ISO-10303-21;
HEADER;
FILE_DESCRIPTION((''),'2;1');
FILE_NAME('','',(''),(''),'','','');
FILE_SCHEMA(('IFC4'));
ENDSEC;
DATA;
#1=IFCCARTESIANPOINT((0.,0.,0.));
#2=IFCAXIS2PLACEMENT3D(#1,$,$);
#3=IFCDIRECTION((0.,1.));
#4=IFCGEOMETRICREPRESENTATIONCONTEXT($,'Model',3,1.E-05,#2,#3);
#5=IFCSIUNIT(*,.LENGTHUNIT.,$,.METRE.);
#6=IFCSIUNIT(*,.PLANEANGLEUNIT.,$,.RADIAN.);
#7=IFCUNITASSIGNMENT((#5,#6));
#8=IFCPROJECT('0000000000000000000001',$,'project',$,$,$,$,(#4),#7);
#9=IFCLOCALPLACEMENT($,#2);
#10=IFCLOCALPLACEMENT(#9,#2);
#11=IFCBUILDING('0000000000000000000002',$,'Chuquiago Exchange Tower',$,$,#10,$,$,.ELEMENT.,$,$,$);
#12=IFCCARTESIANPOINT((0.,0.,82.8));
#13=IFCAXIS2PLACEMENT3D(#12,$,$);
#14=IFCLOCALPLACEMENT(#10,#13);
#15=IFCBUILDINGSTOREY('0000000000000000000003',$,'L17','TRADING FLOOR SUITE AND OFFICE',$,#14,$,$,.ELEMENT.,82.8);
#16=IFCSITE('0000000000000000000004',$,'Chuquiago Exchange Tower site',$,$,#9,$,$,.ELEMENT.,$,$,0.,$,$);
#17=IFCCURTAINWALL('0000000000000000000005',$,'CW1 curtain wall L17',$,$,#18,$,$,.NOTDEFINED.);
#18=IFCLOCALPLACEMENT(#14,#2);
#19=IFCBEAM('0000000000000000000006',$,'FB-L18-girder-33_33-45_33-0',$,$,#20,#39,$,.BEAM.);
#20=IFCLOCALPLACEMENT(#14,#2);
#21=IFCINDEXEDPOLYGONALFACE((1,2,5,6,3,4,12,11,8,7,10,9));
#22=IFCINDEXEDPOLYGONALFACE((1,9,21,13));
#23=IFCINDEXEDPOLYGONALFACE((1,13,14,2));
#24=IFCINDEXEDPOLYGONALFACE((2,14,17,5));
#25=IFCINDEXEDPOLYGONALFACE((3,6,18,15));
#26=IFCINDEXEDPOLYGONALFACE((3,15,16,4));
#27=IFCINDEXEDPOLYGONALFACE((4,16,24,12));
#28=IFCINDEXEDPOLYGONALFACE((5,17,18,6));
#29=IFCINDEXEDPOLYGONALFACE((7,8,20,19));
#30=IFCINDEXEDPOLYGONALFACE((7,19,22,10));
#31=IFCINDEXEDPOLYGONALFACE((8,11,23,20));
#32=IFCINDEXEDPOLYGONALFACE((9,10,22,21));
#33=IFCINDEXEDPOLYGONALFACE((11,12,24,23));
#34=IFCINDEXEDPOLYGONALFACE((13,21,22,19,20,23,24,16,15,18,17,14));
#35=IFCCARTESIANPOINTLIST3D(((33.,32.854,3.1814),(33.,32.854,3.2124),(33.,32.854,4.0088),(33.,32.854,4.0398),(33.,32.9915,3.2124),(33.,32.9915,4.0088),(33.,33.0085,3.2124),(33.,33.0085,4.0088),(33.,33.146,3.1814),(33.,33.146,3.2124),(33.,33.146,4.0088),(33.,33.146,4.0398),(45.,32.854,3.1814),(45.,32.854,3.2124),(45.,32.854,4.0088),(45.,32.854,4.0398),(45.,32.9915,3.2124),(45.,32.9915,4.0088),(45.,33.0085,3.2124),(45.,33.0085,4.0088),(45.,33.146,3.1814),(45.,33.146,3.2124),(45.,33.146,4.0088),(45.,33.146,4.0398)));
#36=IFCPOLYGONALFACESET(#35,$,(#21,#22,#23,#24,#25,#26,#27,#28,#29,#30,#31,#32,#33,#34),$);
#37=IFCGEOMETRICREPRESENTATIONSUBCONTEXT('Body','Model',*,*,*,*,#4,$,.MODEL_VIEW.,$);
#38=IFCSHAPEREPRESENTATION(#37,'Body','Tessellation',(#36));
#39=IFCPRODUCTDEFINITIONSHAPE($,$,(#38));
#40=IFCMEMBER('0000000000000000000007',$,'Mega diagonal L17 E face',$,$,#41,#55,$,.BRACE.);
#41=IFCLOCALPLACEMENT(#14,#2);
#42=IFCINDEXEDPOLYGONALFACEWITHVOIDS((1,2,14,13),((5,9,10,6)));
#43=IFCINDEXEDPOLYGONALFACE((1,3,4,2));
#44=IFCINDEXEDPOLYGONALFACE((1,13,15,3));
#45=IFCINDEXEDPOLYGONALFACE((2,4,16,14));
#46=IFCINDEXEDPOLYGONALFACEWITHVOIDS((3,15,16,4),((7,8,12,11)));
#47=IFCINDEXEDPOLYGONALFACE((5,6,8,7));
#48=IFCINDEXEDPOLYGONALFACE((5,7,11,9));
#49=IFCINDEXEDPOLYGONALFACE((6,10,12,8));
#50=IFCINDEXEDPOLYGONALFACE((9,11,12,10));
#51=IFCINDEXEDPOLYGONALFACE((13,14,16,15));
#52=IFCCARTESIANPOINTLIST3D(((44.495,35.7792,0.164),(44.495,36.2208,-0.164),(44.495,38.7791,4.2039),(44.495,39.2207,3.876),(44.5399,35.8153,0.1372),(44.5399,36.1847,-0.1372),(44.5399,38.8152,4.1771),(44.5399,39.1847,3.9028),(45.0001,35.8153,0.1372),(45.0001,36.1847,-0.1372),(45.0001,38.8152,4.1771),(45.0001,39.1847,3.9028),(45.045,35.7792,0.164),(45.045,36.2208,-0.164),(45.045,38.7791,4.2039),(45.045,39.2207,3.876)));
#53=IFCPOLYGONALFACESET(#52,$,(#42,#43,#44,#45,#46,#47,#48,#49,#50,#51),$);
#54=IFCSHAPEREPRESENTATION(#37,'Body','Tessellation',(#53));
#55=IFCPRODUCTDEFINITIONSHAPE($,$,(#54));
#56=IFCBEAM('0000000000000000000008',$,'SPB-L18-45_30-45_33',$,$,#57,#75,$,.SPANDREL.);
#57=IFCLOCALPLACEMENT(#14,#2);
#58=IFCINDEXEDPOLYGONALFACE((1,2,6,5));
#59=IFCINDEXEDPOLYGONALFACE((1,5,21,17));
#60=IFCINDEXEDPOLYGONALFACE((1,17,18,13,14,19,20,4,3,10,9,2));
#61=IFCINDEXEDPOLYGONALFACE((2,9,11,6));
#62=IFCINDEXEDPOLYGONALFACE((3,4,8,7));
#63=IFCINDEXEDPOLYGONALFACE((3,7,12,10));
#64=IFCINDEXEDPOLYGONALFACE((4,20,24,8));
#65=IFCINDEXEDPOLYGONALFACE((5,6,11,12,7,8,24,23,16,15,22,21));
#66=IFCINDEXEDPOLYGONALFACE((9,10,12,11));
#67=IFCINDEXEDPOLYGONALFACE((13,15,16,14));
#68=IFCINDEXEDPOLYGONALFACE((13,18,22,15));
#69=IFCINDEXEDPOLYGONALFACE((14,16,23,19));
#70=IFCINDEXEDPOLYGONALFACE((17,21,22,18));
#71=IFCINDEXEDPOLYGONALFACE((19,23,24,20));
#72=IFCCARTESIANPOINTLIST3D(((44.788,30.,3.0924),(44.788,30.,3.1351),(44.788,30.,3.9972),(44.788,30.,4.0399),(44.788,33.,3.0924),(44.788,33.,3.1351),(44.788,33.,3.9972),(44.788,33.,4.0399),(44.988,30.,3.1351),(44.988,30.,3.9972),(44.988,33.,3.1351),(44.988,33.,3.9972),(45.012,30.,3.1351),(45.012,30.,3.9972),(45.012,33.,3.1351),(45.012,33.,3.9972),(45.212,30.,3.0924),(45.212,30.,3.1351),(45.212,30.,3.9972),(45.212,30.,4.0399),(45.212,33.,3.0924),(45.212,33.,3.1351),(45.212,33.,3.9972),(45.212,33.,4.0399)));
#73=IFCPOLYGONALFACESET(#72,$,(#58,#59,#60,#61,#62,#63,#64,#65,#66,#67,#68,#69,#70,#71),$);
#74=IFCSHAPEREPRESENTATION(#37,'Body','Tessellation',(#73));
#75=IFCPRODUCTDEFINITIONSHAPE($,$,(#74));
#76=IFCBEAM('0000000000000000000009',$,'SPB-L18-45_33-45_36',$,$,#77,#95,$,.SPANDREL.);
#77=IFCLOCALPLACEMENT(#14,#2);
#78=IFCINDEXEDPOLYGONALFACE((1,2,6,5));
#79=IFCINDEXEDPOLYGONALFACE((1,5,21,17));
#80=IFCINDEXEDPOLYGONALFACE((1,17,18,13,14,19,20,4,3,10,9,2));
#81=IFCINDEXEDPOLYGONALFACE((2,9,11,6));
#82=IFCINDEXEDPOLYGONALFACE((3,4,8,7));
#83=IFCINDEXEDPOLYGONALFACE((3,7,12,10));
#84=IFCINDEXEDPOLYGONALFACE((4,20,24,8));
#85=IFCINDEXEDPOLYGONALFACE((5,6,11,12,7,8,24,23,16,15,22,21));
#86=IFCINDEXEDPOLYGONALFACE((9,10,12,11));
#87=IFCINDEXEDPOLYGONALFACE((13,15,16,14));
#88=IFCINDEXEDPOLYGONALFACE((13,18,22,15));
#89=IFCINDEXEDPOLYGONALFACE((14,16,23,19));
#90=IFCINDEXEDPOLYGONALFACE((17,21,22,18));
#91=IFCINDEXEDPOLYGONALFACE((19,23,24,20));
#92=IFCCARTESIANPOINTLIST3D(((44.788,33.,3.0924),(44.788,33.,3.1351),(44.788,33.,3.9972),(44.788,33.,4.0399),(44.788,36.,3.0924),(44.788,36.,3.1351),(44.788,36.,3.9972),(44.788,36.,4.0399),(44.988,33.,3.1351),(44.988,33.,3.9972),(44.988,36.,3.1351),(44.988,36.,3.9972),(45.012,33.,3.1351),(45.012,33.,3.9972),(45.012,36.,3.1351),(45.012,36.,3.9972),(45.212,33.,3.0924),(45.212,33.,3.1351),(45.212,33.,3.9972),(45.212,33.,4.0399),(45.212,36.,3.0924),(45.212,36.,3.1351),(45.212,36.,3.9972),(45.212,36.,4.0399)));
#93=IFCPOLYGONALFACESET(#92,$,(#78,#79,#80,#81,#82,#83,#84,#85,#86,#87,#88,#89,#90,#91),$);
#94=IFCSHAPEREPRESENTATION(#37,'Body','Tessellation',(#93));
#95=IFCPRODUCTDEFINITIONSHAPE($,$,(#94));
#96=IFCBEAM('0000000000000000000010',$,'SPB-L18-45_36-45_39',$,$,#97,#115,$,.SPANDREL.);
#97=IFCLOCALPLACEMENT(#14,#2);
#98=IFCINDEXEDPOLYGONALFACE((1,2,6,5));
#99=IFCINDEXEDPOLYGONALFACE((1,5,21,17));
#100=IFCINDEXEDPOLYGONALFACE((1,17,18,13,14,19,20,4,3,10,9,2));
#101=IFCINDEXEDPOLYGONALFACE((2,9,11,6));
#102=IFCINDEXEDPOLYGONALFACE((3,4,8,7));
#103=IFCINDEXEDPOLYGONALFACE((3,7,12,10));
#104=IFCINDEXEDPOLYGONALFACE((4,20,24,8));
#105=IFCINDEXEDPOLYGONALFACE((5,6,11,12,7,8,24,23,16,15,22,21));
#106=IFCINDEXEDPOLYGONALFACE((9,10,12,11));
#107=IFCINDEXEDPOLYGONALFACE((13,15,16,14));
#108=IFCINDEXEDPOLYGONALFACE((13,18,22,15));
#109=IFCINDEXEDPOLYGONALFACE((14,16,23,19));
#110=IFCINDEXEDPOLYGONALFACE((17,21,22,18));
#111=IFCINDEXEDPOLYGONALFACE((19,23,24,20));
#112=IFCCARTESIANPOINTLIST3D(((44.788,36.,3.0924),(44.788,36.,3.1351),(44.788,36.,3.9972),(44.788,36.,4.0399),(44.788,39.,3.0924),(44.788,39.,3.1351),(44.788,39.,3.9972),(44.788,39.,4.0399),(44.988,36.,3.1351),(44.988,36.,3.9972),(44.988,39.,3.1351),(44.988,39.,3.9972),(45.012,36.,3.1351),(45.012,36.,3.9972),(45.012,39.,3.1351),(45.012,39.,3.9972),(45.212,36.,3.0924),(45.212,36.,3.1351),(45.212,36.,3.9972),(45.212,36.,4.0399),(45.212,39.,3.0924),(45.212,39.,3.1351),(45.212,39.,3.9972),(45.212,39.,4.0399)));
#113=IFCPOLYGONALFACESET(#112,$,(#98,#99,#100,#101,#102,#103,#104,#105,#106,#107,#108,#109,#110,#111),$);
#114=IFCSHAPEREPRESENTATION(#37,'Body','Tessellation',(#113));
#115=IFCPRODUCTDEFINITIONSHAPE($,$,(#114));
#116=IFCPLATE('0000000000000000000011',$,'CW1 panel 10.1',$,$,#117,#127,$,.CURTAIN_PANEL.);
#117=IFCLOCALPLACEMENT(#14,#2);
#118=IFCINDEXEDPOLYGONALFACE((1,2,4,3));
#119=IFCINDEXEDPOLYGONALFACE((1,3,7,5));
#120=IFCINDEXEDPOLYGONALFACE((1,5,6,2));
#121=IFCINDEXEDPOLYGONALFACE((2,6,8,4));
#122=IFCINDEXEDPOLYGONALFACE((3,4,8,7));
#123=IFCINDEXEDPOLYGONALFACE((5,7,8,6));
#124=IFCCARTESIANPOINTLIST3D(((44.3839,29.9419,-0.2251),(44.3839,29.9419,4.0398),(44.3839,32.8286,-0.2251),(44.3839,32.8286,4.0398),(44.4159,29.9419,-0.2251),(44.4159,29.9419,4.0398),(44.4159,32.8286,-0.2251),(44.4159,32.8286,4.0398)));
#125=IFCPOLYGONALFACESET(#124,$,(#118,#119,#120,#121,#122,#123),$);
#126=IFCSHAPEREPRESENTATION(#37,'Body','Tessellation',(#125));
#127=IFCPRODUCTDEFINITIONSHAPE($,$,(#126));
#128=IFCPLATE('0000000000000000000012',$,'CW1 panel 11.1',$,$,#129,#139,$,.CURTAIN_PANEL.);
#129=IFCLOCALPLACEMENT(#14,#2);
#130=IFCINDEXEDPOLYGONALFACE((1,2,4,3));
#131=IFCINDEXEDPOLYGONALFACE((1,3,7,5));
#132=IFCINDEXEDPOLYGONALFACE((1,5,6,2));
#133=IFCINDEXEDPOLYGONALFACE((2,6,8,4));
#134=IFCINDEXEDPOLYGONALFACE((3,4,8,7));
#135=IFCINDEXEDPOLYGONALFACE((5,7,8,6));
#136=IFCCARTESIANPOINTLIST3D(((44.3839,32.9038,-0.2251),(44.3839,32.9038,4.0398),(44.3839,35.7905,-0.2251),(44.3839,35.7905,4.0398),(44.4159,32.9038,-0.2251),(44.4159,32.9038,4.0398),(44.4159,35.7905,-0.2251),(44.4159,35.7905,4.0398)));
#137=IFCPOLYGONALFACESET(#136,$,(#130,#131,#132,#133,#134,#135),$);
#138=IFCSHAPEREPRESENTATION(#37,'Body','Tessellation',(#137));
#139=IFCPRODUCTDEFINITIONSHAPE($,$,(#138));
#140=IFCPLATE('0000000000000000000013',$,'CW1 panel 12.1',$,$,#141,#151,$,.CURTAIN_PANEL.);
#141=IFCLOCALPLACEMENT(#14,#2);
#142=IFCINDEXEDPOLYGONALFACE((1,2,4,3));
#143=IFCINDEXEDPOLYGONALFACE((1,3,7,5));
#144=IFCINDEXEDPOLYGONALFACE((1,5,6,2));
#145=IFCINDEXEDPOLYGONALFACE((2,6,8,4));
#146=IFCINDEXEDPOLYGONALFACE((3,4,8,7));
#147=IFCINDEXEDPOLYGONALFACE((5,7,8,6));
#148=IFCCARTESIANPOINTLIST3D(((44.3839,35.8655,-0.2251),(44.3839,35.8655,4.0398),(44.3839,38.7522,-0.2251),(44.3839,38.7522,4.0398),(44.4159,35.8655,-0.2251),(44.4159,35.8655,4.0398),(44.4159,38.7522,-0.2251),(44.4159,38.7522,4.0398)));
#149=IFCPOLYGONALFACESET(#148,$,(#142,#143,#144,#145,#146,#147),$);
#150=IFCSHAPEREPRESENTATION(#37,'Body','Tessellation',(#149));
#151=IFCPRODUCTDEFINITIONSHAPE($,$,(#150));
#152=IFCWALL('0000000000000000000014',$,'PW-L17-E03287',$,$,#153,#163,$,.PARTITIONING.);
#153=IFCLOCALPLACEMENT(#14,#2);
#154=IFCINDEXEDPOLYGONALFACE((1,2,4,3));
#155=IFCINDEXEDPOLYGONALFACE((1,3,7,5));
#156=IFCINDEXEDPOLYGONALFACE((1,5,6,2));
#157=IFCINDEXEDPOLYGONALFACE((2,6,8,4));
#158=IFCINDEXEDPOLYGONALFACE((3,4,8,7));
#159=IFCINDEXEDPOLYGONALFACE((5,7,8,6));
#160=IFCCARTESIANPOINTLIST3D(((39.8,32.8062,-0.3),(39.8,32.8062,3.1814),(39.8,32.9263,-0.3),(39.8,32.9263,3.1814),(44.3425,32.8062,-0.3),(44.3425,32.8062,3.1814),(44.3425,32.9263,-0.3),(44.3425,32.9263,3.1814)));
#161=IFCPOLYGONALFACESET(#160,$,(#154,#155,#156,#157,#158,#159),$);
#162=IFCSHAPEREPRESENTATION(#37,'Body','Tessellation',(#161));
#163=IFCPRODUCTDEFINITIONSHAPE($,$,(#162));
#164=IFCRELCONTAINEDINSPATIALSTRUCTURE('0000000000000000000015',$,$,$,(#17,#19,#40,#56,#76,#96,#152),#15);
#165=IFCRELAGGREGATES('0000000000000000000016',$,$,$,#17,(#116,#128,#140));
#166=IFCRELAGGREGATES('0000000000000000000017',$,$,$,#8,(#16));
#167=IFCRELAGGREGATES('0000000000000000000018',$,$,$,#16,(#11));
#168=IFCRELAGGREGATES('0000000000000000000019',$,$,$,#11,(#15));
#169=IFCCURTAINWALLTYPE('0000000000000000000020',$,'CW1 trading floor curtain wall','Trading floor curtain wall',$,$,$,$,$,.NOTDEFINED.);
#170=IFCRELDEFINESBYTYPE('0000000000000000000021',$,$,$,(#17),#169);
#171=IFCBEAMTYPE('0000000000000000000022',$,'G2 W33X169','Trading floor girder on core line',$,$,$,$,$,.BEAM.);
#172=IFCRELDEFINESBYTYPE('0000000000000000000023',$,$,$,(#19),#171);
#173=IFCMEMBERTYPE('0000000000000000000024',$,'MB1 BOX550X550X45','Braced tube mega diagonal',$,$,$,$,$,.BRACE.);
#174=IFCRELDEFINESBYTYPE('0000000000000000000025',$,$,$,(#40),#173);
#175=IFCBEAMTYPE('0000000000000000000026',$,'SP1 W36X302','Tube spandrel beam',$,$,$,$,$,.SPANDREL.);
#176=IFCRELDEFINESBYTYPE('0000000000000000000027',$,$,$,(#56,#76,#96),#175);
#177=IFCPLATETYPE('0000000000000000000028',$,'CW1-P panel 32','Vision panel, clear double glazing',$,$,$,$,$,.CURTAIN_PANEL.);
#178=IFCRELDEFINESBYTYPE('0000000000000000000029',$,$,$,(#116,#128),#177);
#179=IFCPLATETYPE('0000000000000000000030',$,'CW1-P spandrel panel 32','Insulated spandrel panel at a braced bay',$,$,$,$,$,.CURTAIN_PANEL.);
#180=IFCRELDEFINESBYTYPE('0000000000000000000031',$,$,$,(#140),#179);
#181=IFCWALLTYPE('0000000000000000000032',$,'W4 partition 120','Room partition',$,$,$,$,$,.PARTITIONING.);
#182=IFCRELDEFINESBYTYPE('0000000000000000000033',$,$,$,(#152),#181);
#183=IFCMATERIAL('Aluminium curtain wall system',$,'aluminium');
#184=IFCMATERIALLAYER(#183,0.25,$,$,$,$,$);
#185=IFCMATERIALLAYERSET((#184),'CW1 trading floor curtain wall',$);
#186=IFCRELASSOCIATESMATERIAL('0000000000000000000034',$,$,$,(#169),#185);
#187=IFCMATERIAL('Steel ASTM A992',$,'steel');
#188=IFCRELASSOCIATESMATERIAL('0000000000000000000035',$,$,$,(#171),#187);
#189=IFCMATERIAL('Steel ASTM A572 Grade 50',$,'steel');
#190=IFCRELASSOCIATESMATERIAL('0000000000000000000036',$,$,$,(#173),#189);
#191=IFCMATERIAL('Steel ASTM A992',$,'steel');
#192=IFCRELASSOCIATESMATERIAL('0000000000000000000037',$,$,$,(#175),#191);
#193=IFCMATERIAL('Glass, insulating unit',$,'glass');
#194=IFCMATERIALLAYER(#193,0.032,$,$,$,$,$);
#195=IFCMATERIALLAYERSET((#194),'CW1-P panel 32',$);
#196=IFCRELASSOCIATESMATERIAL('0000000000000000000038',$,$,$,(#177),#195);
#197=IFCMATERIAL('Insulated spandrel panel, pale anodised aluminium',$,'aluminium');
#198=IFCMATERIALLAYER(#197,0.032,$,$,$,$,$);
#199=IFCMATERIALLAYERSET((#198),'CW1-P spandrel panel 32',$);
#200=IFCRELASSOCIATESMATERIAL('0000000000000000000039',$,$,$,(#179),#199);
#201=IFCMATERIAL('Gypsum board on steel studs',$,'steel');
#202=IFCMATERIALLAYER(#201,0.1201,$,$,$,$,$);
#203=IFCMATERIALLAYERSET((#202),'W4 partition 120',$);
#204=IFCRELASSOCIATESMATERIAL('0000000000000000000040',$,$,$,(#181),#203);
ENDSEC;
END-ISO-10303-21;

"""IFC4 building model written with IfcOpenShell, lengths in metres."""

from ifc_helpers import new_model, si_unit, direction, frame, frame_2d, origin, origin_2d, place, context, subcontext, project, spatial, rectangle, hollow_rectangle, i_section, extrude, material, layer, layer_set, material_profile, profile_set, type_object, element, aggregate, save


model = new_model("IFC4")

# Units and contexts
model_context = context("Model", 3, precision=1e-05, world=origin(), true_north=direction((0.0, 1.0)))
body_context = subcontext(model_context, "Body", "Model", "MODEL_VIEW")
ifc_project = project(units=[si_unit("LENGTHUNIT", "METRE"), si_unit("PLANEANGLEUNIT", "RADIAN")], contexts=[model_context])

# Site, building, storey
site_placement = place(None, origin())
site = spatial("IfcSite", under=ifc_project, at=site_placement, Name="Chuquiago Exchange Tower site", CompositionType="ELEMENT", RefElevation=0.0)
building_placement = place(site_placement, origin())
building = spatial("IfcBuilding", under=site, at=building_placement, Name="Chuquiago Exchange Tower", CompositionType="ELEMENT")
storey_placement = place(building_placement, frame((0.0, 0.0, 82.8)))
storey = spatial("IfcBuildingStorey", under=building, at=storey_placement, Name="L17", Description="TRADING FLOOR SUITE AND OFFICE", CompositionType="ELEMENT", Elevation=82.8)

# Curtain wall
ifc_material_1 = material(Name="Aluminium curtain wall system", Category="aluminium")
ifc_layer_1 = layer(ifc_material_1, 0.25)
ifc_layer_set_1 = layer_set([ifc_layer_1], Name="CW1 trading floor curtain wall")
curtain_wall_type = type_object("IfcCurtainWallType", Name="CW1 trading floor curtain wall", Description="Trading floor curtain wall", PredefinedType="NOTDEFINED", material=ifc_layer_set_1)
curtain_wall_placement = place(storey_placement, origin())
curtain_wall = element("IfcCurtainWall", 1, at=curtain_wall_placement, inside=storey, type_object=curtain_wall_type, Name="CW1 curtain wall L17", PredefinedType="NOTDEFINED")

# Beam
ifc_material_2 = material(Name="Steel ASTM A992", Category="steel")
ifc_material_profile_1 = material_profile(ifc_material_2, i_section(OverallWidth=0.292, OverallDepth=0.8584, WebThickness=0.0171, FlangeThickness=0.031, at=origin_2d()), Name="W33X169")
ifc_profile_set_1 = profile_set([ifc_material_profile_1], Name="Steel ASTM A992")
beam_type_1 = type_object("IfcBeamType", Name="G2 W33X169", Description="Trading floor girder on core line", PredefinedType="BEAM", material=ifc_profile_set_1)
for number, where, z_axis, x_axis, name in (
    (2, (33.0, 33.0, 3.6106), (1.0, 0.0, 0.0), (0.0, 1.0, 0.0), "FB-L18-girder-33_33-45_33-0"),
):
    element("IfcBeam", number, at=place(storey_placement, frame(where, z_axis=z_axis, x_axis=x_axis)), inside=storey, type_object=beam_type_1, Name=name, PredefinedType="BEAM", context=body_context, shape_type="SweptSolid", body=[
        extrude(i_section(OverallWidth=0.292, OverallDepth=0.8584, WebThickness=0.0171, FlangeThickness=0.031, at=origin_2d()), origin(), (0.0, 0.0, 1.0), 12.0),
    ])

# Member
ifc_material_3 = material(Name="Steel ASTM A572 Grade 50", Category="steel")
ifc_material_profile_2 = material_profile(ifc_material_3, hollow_rectangle(XDim=0.55, YDim=0.55, WallThickness=0.0449, at=origin_2d()), Name="BOX550X550X45")
ifc_profile_set_2 = profile_set([ifc_material_profile_2], Name="Steel ASTM A572 Grade 50")
member_type_1 = type_object("IfcMemberType", Name="MB1 BOX550X550X45", Description="Braced tube mega diagonal", PredefinedType="BRACE", material=ifc_profile_set_2)
member_1_placement = place(storey_placement, frame((44.77, 36.0, 0.0), z_axis=(0.0, 0.596174, 0.802855), x_axis=(-1.0, 0.0, 0.0)))
element("IfcMember", 3, at=member_1_placement, inside=storey, type_object=member_type_1, Name="Mega diagonal L17 E face", PredefinedType="BRACE", context=body_context, shape_type="SweptSolid", body=[
    extrude(hollow_rectangle(XDim=0.55, YDim=0.55, WallThickness=0.0449, at=origin_2d()), origin(), (0.0, 0.0, 1.0), 5.032),
])

# Beams
ifc_material_4 = material(Name="Steel ASTM A992", Category="steel")
ifc_material_profile_3 = material_profile(ifc_material_4, i_section(OverallWidth=0.4241, OverallDepth=0.9475, WebThickness=0.0239, FlangeThickness=0.0427, at=origin_2d()), Name="W36X302")
ifc_profile_set_3 = profile_set([ifc_material_profile_3], Name="Steel ASTM A992")
beam_type_2 = type_object("IfcBeamType", Name="SP1 W36X302", Description="Tube spandrel beam", PredefinedType="SPANDREL", material=ifc_profile_set_3)
for number, where, z_axis, x_axis, name in (
    (4, (45.0, 30.0, 3.5662), (0.0, 1.0, 0.0), (-1.0, 0.0, 0.0), "SPB-L18-45_30-45_33"),
    (5, (45.0, 33.0, 3.5662), (0.0, 1.0, 0.0), (-1.0, 0.0, 0.0), "SPB-L18-45_33-45_36"),
    (6, (45.0, 36.0, 3.5662), (0.0, 1.0, 0.0), (-1.0, 0.0, 0.0), "SPB-L18-45_36-45_39"),
):
    element("IfcBeam", number, at=place(storey_placement, frame(where, z_axis=z_axis, x_axis=x_axis)), inside=storey, type_object=beam_type_2, Name=name, PredefinedType="SPANDREL", context=body_context, shape_type="SweptSolid", body=[
        extrude(i_section(OverallWidth=0.4241, OverallDepth=0.9475, WebThickness=0.0239, FlangeThickness=0.0427, at=origin_2d()), origin(), (0.0, 0.0, 1.0), 3.0),
    ])

# Plates
ifc_material_5 = material(Name="Glass, insulating unit", Category="glass")
ifc_layer_2 = layer(ifc_material_5, 0.032)
ifc_layer_set_2 = layer_set([ifc_layer_2], Name="CW1-P panel 32")
plate_type_1 = type_object("IfcPlateType", Name="CW1-P panel 32", Description="Vision panel, clear double glazing", PredefinedType="CURTAIN_PANEL", material=ifc_layer_set_2)
plate_1_placement = place(storey_placement, frame((44.3999, 31.3853, -0.2251), z_axis=(0.0, 0.0, 1.0), x_axis=(0.0, 1.0, 0.0)))
plate_1 = element("IfcPlate", 7, at=plate_1_placement, type_object=plate_type_1, Name="CW1 panel 10.1", PredefinedType="CURTAIN_PANEL", context=body_context, shape_type="SweptSolid", body=[
    extrude(rectangle(XDim=2.8867, YDim=0.032, at=origin_2d()), origin(), (0.0, 0.0, 1.0), 4.2649),
])
plate_2_placement = place(storey_placement, frame((44.3999, 34.3472, -0.2251), z_axis=(0.0, 0.0, 1.0), x_axis=(0.0, 1.0, 0.0)))
plate_2 = element("IfcPlate", 8, at=plate_2_placement, type_object=plate_type_1, Name="CW1 panel 11.1", PredefinedType="CURTAIN_PANEL", context=body_context, shape_type="SweptSolid", body=[
    extrude(rectangle(XDim=2.8867, YDim=0.032, at=origin_2d()), origin(), (0.0, 0.0, 1.0), 4.2649),
])
ifc_material_6 = material(Name="Insulated spandrel panel, pale anodised aluminium", Category="aluminium")
ifc_layer_3 = layer(ifc_material_6, 0.032)
ifc_layer_set_3 = layer_set([ifc_layer_3], Name="CW1-P spandrel panel 32")
plate_type_2 = type_object("IfcPlateType", Name="CW1-P spandrel panel 32", Description="Insulated spandrel panel at a braced bay", PredefinedType="CURTAIN_PANEL", material=ifc_layer_set_3)
plate_3_placement = place(storey_placement, frame((44.3999, 37.3088, -0.2251), z_axis=(0.0, 0.0, 1.0), x_axis=(0.0, 1.0, 0.0)))
plate_3 = element("IfcPlate", 9, at=plate_3_placement, type_object=plate_type_2, Name="CW1 panel 12.1", PredefinedType="CURTAIN_PANEL", context=body_context, shape_type="SweptSolid", body=[
    extrude(rectangle(XDim=2.8867, YDim=0.032, at=origin_2d()), origin(), (0.0, 0.0, 1.0), 4.2649),
])
aggregate(curtain_wall, [plate_1, plate_2, plate_3])

# Wall
ifc_material_7 = material(Name="Gypsum board on steel studs", Category="steel")
ifc_layer_4 = layer(ifc_material_7, 0.1201)
ifc_layer_set_4 = layer_set([ifc_layer_4], Name="W4 partition 120")
wall_type = type_object("IfcWallType", Name="W4 partition 120", Description="Room partition", PredefinedType="PARTITIONING", material=ifc_layer_set_4)
wall_placement = place(storey_placement, frame((44.3425, 32.8662, -0.3), z_axis=(0.0, 0.0, 1.0), x_axis=(-1.0, 0.0, 0.0)))
element("IfcWall", 10, at=wall_placement, inside=storey, type_object=wall_type, Name="PW-L17-E03287", PredefinedType="PARTITIONING", context=body_context, shape_type="SweptSolid", body=[
    extrude(rectangle(XDim=4.5425, YDim=0.1201, at=frame_2d((2.2712, 0.0))), origin(), (0.0, 0.0, 1.0), 3.4814),
])

save(model, "model.ifc")
